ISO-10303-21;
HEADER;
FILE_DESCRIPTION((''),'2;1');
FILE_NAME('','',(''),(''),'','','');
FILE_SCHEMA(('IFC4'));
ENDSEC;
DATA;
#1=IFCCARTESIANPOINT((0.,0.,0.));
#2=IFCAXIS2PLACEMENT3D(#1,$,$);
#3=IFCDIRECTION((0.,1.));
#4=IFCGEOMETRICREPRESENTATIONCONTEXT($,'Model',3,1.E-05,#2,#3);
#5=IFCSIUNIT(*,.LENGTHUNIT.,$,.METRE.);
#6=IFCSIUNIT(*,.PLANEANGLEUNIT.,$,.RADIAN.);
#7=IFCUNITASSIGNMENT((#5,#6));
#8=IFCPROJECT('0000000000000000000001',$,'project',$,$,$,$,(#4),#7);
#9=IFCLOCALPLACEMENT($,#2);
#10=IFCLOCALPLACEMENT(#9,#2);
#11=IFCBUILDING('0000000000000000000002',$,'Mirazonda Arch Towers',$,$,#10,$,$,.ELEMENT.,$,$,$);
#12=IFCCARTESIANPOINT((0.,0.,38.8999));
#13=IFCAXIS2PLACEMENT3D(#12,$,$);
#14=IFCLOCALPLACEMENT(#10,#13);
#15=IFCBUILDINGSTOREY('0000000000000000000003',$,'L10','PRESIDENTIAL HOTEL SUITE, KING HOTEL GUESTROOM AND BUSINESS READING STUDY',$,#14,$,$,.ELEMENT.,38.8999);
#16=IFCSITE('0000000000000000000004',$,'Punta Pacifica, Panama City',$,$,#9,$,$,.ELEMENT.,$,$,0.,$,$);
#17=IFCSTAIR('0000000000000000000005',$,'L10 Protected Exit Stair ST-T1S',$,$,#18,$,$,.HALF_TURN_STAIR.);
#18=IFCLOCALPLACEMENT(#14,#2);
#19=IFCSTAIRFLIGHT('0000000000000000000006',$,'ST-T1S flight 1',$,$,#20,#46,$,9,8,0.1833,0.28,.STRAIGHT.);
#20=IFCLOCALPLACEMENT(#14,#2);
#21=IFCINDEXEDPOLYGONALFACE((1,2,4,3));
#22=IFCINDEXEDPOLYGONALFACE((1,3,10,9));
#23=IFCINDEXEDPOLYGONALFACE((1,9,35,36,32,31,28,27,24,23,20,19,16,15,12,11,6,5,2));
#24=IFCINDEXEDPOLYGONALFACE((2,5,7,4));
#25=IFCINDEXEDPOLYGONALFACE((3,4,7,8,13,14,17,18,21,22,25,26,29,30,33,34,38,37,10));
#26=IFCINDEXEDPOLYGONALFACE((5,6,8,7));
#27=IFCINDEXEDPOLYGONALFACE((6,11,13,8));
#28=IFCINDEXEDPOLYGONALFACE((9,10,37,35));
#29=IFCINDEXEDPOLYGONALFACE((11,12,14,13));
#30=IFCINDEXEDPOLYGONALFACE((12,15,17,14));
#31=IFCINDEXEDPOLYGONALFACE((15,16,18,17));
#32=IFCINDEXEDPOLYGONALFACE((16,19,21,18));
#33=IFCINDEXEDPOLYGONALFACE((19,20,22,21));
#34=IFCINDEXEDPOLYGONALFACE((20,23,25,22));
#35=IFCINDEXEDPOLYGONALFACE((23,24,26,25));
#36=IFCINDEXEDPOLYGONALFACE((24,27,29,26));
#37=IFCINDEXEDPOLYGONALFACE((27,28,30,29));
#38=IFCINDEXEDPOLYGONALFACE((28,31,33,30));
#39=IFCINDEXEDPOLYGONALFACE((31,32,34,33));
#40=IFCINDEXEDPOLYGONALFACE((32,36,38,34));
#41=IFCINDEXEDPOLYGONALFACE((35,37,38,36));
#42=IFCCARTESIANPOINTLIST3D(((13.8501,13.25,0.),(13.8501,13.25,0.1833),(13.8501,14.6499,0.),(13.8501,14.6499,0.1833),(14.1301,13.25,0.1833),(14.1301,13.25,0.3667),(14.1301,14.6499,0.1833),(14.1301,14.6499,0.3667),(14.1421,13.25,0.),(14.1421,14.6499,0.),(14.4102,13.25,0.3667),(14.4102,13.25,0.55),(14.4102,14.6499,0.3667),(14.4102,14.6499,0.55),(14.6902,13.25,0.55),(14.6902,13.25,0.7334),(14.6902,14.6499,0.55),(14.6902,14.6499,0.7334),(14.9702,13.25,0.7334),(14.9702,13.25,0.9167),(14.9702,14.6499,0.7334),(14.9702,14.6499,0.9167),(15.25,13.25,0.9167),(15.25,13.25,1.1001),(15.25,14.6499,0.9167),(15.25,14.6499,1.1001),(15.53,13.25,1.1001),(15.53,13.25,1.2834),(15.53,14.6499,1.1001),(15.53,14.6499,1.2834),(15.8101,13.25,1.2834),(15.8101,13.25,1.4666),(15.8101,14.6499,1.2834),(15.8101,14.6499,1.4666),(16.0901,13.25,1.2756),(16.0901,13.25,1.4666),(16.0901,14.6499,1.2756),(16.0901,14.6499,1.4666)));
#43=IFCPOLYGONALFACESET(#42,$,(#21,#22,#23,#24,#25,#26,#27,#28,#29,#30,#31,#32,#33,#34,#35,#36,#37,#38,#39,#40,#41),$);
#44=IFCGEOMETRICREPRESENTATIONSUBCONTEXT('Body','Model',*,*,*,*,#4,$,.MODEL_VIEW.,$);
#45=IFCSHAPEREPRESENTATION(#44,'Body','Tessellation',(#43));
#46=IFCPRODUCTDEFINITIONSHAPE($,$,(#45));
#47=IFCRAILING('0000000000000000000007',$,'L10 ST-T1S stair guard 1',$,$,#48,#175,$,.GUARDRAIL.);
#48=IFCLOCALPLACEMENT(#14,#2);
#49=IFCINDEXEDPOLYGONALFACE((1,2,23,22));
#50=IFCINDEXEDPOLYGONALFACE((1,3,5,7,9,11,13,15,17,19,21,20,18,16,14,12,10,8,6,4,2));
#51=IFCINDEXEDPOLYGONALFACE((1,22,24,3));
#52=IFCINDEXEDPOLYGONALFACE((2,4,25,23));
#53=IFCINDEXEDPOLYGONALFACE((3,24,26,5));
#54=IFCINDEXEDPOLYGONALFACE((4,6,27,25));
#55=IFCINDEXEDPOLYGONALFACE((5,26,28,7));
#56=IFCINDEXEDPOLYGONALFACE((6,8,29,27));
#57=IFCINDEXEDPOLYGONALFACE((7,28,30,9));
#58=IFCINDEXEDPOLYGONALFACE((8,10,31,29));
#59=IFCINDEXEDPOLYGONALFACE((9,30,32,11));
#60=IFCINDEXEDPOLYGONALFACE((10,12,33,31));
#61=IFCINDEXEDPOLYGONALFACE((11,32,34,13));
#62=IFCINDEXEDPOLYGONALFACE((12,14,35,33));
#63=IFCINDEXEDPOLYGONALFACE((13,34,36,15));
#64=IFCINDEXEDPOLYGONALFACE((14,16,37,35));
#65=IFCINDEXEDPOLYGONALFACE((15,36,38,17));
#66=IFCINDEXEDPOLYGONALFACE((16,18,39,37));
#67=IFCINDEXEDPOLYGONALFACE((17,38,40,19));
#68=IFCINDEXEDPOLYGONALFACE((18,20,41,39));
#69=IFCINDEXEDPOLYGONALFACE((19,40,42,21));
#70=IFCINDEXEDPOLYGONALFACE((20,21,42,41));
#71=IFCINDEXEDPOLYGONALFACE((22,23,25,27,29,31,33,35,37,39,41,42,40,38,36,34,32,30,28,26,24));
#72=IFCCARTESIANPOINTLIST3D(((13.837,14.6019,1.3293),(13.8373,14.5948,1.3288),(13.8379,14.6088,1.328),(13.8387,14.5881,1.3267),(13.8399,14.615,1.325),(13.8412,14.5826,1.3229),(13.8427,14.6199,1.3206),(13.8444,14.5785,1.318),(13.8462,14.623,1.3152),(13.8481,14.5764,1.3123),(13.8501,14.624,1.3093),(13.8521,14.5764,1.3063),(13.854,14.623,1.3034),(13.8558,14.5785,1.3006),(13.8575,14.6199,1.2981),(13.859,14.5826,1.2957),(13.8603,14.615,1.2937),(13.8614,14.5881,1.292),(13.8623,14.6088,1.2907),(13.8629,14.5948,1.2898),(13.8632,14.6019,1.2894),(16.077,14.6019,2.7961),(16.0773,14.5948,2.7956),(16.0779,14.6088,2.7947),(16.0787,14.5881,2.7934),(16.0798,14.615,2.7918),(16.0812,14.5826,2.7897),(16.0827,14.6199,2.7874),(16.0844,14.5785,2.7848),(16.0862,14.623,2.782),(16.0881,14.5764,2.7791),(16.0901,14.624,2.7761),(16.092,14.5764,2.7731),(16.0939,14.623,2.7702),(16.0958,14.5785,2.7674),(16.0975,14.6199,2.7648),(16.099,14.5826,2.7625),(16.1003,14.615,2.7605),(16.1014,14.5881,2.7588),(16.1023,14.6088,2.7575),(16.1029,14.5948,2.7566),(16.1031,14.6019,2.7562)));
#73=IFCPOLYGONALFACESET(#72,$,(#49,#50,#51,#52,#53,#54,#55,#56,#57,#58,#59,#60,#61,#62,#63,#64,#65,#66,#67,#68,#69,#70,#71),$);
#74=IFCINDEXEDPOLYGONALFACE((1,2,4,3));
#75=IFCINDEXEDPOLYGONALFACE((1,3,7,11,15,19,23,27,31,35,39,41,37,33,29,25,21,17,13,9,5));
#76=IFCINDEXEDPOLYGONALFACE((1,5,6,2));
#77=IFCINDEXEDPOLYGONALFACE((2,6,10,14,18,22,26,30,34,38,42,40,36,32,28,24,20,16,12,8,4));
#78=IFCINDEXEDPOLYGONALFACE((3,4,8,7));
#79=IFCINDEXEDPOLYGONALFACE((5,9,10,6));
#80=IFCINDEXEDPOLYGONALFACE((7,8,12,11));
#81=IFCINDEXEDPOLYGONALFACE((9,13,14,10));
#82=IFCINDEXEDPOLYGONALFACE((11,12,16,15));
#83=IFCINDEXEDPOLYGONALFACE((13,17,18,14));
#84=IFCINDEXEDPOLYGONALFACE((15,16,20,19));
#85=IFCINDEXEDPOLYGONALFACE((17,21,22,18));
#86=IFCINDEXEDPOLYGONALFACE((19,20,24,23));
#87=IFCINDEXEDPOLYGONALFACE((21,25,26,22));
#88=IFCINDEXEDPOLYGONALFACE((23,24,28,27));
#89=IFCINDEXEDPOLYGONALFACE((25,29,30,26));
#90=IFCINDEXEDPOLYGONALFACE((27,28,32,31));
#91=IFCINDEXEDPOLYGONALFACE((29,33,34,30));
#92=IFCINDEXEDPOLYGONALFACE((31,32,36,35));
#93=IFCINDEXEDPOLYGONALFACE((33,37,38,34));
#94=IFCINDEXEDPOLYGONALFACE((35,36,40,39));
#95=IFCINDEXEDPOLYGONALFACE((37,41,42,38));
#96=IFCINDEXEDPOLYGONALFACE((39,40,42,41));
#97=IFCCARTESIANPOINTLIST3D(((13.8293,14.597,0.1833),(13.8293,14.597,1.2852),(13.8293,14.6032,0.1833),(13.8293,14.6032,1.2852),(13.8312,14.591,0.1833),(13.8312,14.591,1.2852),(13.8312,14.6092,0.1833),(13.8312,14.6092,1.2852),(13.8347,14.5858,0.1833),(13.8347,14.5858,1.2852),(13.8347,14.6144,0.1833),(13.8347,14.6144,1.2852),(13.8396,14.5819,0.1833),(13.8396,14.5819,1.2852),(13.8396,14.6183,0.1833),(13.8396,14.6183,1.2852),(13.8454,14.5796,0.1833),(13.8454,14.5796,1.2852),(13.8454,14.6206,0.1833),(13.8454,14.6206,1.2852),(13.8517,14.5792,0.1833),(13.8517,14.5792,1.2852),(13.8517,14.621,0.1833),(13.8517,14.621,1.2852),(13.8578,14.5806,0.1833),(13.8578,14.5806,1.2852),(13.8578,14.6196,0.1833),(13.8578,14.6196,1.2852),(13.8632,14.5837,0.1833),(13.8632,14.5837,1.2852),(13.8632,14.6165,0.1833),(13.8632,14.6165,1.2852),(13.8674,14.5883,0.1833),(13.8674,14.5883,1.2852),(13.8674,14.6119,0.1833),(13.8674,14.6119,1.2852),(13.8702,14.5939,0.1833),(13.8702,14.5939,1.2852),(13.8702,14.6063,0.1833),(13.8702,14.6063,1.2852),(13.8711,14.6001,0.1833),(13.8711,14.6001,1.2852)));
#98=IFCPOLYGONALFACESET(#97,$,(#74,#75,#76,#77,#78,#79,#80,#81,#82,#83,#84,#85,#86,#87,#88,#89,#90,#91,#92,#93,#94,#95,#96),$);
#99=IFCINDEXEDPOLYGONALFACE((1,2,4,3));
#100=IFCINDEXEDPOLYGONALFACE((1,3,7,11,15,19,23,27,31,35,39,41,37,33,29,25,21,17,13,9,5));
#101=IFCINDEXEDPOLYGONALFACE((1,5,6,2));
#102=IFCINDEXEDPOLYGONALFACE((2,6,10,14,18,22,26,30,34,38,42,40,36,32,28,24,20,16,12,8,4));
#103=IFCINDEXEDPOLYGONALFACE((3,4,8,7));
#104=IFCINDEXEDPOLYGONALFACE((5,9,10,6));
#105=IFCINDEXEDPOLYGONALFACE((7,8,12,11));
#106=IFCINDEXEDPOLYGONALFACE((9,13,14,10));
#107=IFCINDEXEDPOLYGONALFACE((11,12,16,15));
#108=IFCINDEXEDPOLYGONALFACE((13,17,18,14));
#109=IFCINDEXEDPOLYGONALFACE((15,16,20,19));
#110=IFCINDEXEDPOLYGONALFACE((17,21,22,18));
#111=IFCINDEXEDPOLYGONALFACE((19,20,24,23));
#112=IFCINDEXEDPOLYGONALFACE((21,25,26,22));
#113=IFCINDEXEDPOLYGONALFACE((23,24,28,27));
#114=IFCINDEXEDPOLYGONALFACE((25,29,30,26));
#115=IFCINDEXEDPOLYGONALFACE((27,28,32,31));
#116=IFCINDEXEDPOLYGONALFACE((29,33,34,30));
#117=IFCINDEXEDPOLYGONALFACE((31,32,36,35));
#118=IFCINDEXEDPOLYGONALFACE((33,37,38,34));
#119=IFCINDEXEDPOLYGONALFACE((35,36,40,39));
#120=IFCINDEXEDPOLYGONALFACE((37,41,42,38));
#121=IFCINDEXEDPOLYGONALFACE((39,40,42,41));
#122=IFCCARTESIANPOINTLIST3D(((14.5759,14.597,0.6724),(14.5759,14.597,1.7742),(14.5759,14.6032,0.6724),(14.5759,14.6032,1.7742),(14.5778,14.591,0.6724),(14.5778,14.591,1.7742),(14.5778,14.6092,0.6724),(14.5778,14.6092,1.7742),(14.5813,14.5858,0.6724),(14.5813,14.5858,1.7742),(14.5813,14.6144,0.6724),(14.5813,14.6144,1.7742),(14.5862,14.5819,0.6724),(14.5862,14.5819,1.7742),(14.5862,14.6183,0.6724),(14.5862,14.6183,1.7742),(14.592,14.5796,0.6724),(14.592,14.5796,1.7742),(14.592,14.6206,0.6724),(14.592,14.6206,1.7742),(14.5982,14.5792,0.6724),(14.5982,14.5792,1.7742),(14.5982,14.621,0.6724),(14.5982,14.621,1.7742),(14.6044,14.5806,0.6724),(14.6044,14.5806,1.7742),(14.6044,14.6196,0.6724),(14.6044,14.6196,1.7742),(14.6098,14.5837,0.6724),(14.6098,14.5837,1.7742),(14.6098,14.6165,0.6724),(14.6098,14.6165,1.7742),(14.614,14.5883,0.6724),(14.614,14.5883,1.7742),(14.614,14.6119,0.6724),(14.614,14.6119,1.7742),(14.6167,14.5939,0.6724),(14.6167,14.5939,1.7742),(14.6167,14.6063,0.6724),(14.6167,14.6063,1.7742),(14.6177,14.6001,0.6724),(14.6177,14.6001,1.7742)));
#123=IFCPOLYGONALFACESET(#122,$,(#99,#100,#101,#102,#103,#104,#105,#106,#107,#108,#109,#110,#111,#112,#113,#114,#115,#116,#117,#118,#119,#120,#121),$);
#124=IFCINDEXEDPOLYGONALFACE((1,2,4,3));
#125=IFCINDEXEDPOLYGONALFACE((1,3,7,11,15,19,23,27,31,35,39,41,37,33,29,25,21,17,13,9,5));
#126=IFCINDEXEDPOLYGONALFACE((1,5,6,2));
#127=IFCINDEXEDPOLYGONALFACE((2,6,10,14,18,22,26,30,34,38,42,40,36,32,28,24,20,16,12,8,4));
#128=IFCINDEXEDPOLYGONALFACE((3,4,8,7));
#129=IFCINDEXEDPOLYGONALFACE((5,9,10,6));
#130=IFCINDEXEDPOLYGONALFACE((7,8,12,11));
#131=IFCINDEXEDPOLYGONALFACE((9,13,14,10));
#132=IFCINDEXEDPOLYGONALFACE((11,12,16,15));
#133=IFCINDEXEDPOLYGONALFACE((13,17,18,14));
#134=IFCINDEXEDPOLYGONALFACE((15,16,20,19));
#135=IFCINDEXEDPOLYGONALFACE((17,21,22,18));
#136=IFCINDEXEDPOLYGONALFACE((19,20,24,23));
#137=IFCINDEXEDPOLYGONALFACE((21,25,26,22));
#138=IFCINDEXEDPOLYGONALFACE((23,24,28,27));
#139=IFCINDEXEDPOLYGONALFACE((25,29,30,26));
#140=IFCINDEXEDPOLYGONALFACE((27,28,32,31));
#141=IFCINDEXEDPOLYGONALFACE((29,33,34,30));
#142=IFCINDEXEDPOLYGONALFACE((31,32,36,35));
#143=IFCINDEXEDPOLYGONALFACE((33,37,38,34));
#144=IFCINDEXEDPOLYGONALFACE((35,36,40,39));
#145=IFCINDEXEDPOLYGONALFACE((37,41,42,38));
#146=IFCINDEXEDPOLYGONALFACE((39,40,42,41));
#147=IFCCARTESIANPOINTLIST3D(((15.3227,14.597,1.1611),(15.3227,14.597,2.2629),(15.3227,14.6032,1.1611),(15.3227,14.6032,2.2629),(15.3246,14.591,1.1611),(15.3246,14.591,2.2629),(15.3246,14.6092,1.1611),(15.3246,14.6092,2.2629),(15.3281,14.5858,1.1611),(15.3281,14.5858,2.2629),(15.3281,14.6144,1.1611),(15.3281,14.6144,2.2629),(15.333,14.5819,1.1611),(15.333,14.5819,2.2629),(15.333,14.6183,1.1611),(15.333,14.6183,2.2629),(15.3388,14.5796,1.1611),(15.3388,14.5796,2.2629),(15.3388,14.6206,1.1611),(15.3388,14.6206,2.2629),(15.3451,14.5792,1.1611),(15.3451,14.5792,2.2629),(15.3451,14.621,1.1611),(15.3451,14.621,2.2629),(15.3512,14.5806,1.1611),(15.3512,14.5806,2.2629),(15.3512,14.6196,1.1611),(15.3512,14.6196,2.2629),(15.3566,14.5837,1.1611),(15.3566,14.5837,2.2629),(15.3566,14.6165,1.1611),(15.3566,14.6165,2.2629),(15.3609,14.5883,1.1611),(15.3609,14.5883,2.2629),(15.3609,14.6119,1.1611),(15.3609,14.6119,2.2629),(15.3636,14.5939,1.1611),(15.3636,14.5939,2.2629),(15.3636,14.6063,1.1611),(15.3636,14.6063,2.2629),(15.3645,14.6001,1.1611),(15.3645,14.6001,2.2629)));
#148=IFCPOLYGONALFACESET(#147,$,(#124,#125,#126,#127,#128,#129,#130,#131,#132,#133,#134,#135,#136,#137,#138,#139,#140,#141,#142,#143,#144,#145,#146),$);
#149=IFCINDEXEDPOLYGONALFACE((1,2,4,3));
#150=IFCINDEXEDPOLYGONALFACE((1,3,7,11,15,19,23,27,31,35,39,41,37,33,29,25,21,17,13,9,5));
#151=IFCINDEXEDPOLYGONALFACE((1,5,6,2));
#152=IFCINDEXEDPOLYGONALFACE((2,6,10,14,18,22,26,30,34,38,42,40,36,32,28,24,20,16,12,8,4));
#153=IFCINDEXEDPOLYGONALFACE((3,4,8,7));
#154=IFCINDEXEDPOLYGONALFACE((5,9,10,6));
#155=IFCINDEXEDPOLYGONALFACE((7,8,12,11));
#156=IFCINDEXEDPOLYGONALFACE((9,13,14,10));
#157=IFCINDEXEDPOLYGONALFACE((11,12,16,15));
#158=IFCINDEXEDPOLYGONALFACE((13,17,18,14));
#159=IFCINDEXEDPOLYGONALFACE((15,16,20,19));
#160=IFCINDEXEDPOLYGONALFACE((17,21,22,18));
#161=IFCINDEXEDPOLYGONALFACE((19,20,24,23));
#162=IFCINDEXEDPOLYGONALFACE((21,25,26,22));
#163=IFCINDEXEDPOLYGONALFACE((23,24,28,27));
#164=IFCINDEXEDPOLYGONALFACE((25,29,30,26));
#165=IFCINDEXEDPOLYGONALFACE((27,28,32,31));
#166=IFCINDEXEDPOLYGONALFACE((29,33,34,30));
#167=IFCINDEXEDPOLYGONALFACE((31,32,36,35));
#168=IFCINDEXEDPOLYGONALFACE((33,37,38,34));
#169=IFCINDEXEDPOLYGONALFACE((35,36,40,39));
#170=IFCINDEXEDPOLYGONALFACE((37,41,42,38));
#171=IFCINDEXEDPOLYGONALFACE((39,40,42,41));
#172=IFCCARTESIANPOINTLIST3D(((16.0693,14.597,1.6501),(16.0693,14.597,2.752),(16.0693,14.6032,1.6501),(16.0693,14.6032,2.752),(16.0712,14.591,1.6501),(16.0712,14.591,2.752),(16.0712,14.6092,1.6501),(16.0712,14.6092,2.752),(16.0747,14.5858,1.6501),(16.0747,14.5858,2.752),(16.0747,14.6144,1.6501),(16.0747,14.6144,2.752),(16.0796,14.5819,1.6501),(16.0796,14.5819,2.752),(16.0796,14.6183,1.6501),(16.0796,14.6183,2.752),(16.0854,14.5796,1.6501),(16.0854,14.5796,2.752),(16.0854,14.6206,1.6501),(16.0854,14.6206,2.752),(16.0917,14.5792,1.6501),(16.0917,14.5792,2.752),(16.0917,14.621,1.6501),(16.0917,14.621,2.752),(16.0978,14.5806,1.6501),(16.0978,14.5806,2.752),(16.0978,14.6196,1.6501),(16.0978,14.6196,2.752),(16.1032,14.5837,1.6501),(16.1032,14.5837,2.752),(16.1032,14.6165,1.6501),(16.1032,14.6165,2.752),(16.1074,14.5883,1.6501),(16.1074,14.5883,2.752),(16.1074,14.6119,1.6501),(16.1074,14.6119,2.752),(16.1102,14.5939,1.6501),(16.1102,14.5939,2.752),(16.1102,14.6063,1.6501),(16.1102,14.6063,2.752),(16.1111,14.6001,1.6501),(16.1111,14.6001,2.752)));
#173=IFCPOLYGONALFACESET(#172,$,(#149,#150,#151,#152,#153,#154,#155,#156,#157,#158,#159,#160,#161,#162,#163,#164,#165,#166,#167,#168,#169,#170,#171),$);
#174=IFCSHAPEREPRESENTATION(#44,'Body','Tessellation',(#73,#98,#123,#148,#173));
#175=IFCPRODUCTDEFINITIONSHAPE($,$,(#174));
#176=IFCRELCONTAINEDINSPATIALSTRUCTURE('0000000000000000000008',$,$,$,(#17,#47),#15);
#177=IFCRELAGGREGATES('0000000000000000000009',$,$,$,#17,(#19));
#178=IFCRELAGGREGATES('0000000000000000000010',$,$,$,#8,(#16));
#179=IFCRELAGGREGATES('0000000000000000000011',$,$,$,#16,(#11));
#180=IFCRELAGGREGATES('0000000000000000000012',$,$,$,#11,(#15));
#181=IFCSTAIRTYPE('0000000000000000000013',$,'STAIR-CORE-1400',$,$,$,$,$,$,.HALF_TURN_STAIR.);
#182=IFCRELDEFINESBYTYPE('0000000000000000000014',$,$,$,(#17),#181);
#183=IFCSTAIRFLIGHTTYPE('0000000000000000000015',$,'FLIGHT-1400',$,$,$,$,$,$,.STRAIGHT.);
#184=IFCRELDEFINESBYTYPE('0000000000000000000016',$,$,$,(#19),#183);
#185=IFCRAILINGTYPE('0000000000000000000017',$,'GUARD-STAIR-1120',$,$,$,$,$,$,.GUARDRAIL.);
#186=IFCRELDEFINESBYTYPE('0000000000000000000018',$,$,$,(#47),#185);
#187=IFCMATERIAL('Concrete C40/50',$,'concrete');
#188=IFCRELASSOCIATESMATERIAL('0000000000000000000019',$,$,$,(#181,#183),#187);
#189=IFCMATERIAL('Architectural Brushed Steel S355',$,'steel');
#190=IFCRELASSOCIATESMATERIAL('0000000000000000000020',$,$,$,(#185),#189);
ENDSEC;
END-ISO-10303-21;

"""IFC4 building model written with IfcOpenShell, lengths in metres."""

from ifc_helpers import new_model, si_unit, direction, frame, origin, origin_2d, place, context, subcontext, project, spatial, polyline, circle, outline, extrude, material, type_object, element, aggregate, save


model = new_model("IFC4")

# Units and contexts
model_context = context("Model", 3, precision=1e-05, world=origin(), true_north=direction((0.0, 1.0)))
body_context = subcontext(model_context, "Body", "Model", "MODEL_VIEW")
ifc_project = project(units=[si_unit("LENGTHUNIT", "METRE"), si_unit("PLANEANGLEUNIT", "RADIAN")], contexts=[model_context])

# Site, building, storey
site_placement = place(None, origin())
site = spatial("IfcSite", under=ifc_project, at=site_placement, Name="Punta Pacifica, Panama City", CompositionType="ELEMENT", RefElevation=0.0)
building_placement = place(site_placement, origin())
building = spatial("IfcBuilding", under=site, at=building_placement, Name="Mirazonda Arch Towers", CompositionType="ELEMENT")
storey_placement = place(building_placement, frame((0.0, 0.0, 38.8999)))
storey = spatial("IfcBuildingStorey", under=building, at=storey_placement, Name="L10", Description="PRESIDENTIAL HOTEL SUITE, KING HOTEL GUESTROOM AND BUSINESS READING STUDY", CompositionType="ELEMENT", Elevation=38.8999)

# Stair
ifc_material_1 = material(Name="Concrete C40/50", Category="concrete")
stair_type = type_object("IfcStairType", Name="STAIR-CORE-1400", PredefinedType="HALF_TURN_STAIR", material=ifc_material_1)
stair_1_placement = place(storey_placement, origin())
stair_1 = element("IfcStair", 1, at=stair_1_placement, inside=storey, type_object=stair_type, Name="L10 Protected Exit Stair ST-T1S", PredefinedType="HALF_TURN_STAIR")

# Shared definitions
ifc_material_2 = material(Name="Architectural Brushed Steel S355", Category="steel")

# Stair flight
stair_flight_type = type_object("IfcStairFlightType", Name="FLIGHT-1400", PredefinedType="STRAIGHT", material=ifc_material_1)
stair_flight_placement = place(storey_placement, frame((13.8501, 13.95, 0.0), z_axis=(0.0, 0.0, 1.0), x_axis=(1.0, 0.0, 0.0)))
stair_flight = element("IfcStairFlight", 2, at=stair_flight_placement, type_object=stair_flight_type, Name="ST-T1S flight 1", NumberOfRisers=9, NumberOfTreads=8, PredefinedType="STRAIGHT", RiserHeight=0.1833, TreadLength=0.28, context=body_context, shape_type="SweptSolid", body=[
    extrude(outline(polyline([(0.0, 0.0), (0.0, 0.1833), (0.28, 0.1833), (0.28, 0.3667), (0.5601, 0.3667), (0.5601, 0.55), (0.8401, 0.55), (0.8401, 0.7334), (1.1201, 0.7334), (1.1201, 0.9167), (1.3999, 0.9167), (1.3999, 1.1001), (1.6799, 1.1001), (1.6799, 1.2834), (1.96, 1.2834), (1.96, 1.4666), (2.24, 1.4666), (2.24, 1.6499), (2.24, 1.2756), (0.292, 0.0), (0.0, 0.0)])), frame((0.0, 0.7, 0.0), z_axis=(0.0, -1.0, 0.0), x_axis=(1.0, 0.0, 0.0)), (0.0, 0.0, 1.0), 1.3999),
])
aggregate(stair_1, [stair_flight])

# Railing
railing_type_1 = type_object("IfcRailingType", Name="GUARD-STAIR-1120", PredefinedType="GUARDRAIL", material=ifc_material_2)
railing_1_placement = place(storey_placement, frame((13.8501, 14.6001, 0.1833)))
element("IfcRailing", 3, at=railing_1_placement, inside=storey, type_object=railing_type_1, Name="L10 ST-T1S stair guard 1", PredefinedType="GUARDRAIL", context=body_context, shape_type="SweptSolid", body=[
    extrude(circle(Radius=0.0239, at=origin_2d()), frame((0.0, 0.0, 1.126), z_axis=(0.836595, 0.0, 0.547822), x_axis=(0.0, 1.0, 0.0)), (0.0, 0.0, 1.0), 2.6775),
    extrude(circle(Radius=0.021, at=origin_2d()), origin(), (0.0, 0.0, 1.0), 1.1018),
    extrude(circle(Radius=0.021, at=origin_2d()), frame((0.7466, 0.0, 0.489)), (0.0, 0.0, 1.0), 1.1018),
    extrude(circle(Radius=0.021, at=origin_2d()), frame((1.4934, 0.0, 0.9778)), (0.0, 0.0, 1.0), 1.1018),
    extrude(circle(Radius=0.021, at=origin_2d()), frame((2.24, 0.0, 1.4668)), (0.0, 0.0, 1.0), 1.1018),
])

save(model, "model.ifc")
